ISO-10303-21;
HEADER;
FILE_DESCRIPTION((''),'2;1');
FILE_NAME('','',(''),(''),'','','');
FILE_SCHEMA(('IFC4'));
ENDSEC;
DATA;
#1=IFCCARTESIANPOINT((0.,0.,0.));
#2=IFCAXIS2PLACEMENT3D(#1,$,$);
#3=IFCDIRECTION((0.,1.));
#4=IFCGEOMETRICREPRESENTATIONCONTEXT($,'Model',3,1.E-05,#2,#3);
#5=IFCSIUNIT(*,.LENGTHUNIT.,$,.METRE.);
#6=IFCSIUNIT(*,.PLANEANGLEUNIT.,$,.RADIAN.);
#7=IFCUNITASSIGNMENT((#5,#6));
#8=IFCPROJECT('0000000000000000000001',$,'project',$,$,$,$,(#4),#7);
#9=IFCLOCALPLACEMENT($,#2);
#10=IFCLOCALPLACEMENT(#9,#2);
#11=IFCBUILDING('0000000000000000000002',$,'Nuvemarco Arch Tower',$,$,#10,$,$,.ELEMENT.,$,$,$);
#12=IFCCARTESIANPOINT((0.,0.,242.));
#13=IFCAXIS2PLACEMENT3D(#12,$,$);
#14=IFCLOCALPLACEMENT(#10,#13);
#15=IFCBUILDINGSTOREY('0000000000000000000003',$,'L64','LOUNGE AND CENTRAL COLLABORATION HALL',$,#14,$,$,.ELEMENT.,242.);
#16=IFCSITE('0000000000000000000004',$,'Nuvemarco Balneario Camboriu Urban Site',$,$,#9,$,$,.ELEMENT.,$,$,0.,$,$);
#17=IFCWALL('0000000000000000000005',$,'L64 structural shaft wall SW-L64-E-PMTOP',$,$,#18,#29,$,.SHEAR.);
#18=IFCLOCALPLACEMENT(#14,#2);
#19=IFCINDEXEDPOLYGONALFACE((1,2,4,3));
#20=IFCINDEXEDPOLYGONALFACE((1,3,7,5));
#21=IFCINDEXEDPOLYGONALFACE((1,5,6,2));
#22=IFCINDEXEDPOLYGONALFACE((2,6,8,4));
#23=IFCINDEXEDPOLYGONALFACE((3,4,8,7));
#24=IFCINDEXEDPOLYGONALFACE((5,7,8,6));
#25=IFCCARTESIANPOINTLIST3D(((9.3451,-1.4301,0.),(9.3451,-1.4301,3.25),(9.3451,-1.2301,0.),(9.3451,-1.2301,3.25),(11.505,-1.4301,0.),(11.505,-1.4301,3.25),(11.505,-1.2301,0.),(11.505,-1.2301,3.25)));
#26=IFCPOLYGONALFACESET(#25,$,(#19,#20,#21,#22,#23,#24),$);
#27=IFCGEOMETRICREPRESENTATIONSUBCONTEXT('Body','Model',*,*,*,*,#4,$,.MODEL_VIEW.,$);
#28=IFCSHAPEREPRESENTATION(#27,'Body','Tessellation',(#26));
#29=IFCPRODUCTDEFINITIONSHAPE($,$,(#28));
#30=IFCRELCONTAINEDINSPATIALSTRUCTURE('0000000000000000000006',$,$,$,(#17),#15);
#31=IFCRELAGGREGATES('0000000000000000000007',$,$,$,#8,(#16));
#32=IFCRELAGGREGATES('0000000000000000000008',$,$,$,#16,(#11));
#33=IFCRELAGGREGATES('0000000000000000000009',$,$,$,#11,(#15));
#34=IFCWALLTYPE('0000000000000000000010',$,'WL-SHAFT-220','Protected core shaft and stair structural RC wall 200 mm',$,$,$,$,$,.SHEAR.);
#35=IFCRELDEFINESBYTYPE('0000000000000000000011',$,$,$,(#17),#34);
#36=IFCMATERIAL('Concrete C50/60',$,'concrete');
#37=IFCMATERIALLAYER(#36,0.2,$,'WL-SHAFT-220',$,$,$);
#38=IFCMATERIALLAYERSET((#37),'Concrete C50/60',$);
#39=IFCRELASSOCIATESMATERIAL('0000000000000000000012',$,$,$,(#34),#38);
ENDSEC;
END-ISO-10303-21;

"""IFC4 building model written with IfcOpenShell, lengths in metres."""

from ifc_helpers import new_model, si_unit, direction, frame, frame_2d, origin, place, context, subcontext, project, spatial, rectangle, extrude, material, layer, layer_set, type_object, element, save


model = new_model("IFC4")

# Units and contexts
model_context = context("Model", 3, precision=1e-05, world=origin(), true_north=direction((0.0, 1.0)))
body_context = subcontext(model_context, "Body", "Model", "MODEL_VIEW")
ifc_project = project(units=[si_unit("LENGTHUNIT", "METRE"), si_unit("PLANEANGLEUNIT", "RADIAN")], contexts=[model_context])

# Site, building, storey
site_placement = place(None, origin())
site = spatial("IfcSite", under=ifc_project, at=site_placement, Name="Nuvemarco Balneario Camboriu Urban Site", CompositionType="ELEMENT", RefElevation=0.0)
building_placement = place(site_placement, origin())
building = spatial("IfcBuilding", under=site, at=building_placement, Name="Nuvemarco Arch Tower", CompositionType="ELEMENT")
storey_placement = place(building_placement, frame((0.0, 0.0, 242.0)))
storey = spatial("IfcBuildingStorey", under=building, at=storey_placement, Name="L64", Description="LOUNGE AND CENTRAL COLLABORATION HALL", CompositionType="ELEMENT", Elevation=242.0)

# Shared definitions
ifc_material_1 = material(Name="Concrete C50/60", Category="concrete")

# Shared definitions
ifc_layer_1 = layer(ifc_material_1, 0.2, Name="WL-SHAFT-220")
ifc_layer_set_1 = layer_set([ifc_layer_1], Name="Concrete C50/60")
wall_type_1 = type_object("IfcWallType", Name="WL-SHAFT-220", Description="Protected core shaft and stair structural RC wall 200 mm", PredefinedType="SHEAR", material=ifc_layer_set_1)

# Wall
wall_1_placement = place(storey_placement, frame((9.345, -1.3301, 0.0), z_axis=(0.0, 0.0, 1.0), x_axis=(1.0, 0.0, 0.0)))
element("IfcWall", 1, at=wall_1_placement, inside=storey, type_object=wall_type_1, Name="L64 structural shaft wall SW-L64-E-PMTOP", PredefinedType="SHEAR", context=body_context, shape_type="SweptSolid", body=[
    extrude(rectangle(XDim=2.1599, YDim=0.2, at=frame_2d((1.0801, 0.0))), origin(), (0.0, 0.0, 1.0), 3.25),
])

save(model, "model.ifc")
